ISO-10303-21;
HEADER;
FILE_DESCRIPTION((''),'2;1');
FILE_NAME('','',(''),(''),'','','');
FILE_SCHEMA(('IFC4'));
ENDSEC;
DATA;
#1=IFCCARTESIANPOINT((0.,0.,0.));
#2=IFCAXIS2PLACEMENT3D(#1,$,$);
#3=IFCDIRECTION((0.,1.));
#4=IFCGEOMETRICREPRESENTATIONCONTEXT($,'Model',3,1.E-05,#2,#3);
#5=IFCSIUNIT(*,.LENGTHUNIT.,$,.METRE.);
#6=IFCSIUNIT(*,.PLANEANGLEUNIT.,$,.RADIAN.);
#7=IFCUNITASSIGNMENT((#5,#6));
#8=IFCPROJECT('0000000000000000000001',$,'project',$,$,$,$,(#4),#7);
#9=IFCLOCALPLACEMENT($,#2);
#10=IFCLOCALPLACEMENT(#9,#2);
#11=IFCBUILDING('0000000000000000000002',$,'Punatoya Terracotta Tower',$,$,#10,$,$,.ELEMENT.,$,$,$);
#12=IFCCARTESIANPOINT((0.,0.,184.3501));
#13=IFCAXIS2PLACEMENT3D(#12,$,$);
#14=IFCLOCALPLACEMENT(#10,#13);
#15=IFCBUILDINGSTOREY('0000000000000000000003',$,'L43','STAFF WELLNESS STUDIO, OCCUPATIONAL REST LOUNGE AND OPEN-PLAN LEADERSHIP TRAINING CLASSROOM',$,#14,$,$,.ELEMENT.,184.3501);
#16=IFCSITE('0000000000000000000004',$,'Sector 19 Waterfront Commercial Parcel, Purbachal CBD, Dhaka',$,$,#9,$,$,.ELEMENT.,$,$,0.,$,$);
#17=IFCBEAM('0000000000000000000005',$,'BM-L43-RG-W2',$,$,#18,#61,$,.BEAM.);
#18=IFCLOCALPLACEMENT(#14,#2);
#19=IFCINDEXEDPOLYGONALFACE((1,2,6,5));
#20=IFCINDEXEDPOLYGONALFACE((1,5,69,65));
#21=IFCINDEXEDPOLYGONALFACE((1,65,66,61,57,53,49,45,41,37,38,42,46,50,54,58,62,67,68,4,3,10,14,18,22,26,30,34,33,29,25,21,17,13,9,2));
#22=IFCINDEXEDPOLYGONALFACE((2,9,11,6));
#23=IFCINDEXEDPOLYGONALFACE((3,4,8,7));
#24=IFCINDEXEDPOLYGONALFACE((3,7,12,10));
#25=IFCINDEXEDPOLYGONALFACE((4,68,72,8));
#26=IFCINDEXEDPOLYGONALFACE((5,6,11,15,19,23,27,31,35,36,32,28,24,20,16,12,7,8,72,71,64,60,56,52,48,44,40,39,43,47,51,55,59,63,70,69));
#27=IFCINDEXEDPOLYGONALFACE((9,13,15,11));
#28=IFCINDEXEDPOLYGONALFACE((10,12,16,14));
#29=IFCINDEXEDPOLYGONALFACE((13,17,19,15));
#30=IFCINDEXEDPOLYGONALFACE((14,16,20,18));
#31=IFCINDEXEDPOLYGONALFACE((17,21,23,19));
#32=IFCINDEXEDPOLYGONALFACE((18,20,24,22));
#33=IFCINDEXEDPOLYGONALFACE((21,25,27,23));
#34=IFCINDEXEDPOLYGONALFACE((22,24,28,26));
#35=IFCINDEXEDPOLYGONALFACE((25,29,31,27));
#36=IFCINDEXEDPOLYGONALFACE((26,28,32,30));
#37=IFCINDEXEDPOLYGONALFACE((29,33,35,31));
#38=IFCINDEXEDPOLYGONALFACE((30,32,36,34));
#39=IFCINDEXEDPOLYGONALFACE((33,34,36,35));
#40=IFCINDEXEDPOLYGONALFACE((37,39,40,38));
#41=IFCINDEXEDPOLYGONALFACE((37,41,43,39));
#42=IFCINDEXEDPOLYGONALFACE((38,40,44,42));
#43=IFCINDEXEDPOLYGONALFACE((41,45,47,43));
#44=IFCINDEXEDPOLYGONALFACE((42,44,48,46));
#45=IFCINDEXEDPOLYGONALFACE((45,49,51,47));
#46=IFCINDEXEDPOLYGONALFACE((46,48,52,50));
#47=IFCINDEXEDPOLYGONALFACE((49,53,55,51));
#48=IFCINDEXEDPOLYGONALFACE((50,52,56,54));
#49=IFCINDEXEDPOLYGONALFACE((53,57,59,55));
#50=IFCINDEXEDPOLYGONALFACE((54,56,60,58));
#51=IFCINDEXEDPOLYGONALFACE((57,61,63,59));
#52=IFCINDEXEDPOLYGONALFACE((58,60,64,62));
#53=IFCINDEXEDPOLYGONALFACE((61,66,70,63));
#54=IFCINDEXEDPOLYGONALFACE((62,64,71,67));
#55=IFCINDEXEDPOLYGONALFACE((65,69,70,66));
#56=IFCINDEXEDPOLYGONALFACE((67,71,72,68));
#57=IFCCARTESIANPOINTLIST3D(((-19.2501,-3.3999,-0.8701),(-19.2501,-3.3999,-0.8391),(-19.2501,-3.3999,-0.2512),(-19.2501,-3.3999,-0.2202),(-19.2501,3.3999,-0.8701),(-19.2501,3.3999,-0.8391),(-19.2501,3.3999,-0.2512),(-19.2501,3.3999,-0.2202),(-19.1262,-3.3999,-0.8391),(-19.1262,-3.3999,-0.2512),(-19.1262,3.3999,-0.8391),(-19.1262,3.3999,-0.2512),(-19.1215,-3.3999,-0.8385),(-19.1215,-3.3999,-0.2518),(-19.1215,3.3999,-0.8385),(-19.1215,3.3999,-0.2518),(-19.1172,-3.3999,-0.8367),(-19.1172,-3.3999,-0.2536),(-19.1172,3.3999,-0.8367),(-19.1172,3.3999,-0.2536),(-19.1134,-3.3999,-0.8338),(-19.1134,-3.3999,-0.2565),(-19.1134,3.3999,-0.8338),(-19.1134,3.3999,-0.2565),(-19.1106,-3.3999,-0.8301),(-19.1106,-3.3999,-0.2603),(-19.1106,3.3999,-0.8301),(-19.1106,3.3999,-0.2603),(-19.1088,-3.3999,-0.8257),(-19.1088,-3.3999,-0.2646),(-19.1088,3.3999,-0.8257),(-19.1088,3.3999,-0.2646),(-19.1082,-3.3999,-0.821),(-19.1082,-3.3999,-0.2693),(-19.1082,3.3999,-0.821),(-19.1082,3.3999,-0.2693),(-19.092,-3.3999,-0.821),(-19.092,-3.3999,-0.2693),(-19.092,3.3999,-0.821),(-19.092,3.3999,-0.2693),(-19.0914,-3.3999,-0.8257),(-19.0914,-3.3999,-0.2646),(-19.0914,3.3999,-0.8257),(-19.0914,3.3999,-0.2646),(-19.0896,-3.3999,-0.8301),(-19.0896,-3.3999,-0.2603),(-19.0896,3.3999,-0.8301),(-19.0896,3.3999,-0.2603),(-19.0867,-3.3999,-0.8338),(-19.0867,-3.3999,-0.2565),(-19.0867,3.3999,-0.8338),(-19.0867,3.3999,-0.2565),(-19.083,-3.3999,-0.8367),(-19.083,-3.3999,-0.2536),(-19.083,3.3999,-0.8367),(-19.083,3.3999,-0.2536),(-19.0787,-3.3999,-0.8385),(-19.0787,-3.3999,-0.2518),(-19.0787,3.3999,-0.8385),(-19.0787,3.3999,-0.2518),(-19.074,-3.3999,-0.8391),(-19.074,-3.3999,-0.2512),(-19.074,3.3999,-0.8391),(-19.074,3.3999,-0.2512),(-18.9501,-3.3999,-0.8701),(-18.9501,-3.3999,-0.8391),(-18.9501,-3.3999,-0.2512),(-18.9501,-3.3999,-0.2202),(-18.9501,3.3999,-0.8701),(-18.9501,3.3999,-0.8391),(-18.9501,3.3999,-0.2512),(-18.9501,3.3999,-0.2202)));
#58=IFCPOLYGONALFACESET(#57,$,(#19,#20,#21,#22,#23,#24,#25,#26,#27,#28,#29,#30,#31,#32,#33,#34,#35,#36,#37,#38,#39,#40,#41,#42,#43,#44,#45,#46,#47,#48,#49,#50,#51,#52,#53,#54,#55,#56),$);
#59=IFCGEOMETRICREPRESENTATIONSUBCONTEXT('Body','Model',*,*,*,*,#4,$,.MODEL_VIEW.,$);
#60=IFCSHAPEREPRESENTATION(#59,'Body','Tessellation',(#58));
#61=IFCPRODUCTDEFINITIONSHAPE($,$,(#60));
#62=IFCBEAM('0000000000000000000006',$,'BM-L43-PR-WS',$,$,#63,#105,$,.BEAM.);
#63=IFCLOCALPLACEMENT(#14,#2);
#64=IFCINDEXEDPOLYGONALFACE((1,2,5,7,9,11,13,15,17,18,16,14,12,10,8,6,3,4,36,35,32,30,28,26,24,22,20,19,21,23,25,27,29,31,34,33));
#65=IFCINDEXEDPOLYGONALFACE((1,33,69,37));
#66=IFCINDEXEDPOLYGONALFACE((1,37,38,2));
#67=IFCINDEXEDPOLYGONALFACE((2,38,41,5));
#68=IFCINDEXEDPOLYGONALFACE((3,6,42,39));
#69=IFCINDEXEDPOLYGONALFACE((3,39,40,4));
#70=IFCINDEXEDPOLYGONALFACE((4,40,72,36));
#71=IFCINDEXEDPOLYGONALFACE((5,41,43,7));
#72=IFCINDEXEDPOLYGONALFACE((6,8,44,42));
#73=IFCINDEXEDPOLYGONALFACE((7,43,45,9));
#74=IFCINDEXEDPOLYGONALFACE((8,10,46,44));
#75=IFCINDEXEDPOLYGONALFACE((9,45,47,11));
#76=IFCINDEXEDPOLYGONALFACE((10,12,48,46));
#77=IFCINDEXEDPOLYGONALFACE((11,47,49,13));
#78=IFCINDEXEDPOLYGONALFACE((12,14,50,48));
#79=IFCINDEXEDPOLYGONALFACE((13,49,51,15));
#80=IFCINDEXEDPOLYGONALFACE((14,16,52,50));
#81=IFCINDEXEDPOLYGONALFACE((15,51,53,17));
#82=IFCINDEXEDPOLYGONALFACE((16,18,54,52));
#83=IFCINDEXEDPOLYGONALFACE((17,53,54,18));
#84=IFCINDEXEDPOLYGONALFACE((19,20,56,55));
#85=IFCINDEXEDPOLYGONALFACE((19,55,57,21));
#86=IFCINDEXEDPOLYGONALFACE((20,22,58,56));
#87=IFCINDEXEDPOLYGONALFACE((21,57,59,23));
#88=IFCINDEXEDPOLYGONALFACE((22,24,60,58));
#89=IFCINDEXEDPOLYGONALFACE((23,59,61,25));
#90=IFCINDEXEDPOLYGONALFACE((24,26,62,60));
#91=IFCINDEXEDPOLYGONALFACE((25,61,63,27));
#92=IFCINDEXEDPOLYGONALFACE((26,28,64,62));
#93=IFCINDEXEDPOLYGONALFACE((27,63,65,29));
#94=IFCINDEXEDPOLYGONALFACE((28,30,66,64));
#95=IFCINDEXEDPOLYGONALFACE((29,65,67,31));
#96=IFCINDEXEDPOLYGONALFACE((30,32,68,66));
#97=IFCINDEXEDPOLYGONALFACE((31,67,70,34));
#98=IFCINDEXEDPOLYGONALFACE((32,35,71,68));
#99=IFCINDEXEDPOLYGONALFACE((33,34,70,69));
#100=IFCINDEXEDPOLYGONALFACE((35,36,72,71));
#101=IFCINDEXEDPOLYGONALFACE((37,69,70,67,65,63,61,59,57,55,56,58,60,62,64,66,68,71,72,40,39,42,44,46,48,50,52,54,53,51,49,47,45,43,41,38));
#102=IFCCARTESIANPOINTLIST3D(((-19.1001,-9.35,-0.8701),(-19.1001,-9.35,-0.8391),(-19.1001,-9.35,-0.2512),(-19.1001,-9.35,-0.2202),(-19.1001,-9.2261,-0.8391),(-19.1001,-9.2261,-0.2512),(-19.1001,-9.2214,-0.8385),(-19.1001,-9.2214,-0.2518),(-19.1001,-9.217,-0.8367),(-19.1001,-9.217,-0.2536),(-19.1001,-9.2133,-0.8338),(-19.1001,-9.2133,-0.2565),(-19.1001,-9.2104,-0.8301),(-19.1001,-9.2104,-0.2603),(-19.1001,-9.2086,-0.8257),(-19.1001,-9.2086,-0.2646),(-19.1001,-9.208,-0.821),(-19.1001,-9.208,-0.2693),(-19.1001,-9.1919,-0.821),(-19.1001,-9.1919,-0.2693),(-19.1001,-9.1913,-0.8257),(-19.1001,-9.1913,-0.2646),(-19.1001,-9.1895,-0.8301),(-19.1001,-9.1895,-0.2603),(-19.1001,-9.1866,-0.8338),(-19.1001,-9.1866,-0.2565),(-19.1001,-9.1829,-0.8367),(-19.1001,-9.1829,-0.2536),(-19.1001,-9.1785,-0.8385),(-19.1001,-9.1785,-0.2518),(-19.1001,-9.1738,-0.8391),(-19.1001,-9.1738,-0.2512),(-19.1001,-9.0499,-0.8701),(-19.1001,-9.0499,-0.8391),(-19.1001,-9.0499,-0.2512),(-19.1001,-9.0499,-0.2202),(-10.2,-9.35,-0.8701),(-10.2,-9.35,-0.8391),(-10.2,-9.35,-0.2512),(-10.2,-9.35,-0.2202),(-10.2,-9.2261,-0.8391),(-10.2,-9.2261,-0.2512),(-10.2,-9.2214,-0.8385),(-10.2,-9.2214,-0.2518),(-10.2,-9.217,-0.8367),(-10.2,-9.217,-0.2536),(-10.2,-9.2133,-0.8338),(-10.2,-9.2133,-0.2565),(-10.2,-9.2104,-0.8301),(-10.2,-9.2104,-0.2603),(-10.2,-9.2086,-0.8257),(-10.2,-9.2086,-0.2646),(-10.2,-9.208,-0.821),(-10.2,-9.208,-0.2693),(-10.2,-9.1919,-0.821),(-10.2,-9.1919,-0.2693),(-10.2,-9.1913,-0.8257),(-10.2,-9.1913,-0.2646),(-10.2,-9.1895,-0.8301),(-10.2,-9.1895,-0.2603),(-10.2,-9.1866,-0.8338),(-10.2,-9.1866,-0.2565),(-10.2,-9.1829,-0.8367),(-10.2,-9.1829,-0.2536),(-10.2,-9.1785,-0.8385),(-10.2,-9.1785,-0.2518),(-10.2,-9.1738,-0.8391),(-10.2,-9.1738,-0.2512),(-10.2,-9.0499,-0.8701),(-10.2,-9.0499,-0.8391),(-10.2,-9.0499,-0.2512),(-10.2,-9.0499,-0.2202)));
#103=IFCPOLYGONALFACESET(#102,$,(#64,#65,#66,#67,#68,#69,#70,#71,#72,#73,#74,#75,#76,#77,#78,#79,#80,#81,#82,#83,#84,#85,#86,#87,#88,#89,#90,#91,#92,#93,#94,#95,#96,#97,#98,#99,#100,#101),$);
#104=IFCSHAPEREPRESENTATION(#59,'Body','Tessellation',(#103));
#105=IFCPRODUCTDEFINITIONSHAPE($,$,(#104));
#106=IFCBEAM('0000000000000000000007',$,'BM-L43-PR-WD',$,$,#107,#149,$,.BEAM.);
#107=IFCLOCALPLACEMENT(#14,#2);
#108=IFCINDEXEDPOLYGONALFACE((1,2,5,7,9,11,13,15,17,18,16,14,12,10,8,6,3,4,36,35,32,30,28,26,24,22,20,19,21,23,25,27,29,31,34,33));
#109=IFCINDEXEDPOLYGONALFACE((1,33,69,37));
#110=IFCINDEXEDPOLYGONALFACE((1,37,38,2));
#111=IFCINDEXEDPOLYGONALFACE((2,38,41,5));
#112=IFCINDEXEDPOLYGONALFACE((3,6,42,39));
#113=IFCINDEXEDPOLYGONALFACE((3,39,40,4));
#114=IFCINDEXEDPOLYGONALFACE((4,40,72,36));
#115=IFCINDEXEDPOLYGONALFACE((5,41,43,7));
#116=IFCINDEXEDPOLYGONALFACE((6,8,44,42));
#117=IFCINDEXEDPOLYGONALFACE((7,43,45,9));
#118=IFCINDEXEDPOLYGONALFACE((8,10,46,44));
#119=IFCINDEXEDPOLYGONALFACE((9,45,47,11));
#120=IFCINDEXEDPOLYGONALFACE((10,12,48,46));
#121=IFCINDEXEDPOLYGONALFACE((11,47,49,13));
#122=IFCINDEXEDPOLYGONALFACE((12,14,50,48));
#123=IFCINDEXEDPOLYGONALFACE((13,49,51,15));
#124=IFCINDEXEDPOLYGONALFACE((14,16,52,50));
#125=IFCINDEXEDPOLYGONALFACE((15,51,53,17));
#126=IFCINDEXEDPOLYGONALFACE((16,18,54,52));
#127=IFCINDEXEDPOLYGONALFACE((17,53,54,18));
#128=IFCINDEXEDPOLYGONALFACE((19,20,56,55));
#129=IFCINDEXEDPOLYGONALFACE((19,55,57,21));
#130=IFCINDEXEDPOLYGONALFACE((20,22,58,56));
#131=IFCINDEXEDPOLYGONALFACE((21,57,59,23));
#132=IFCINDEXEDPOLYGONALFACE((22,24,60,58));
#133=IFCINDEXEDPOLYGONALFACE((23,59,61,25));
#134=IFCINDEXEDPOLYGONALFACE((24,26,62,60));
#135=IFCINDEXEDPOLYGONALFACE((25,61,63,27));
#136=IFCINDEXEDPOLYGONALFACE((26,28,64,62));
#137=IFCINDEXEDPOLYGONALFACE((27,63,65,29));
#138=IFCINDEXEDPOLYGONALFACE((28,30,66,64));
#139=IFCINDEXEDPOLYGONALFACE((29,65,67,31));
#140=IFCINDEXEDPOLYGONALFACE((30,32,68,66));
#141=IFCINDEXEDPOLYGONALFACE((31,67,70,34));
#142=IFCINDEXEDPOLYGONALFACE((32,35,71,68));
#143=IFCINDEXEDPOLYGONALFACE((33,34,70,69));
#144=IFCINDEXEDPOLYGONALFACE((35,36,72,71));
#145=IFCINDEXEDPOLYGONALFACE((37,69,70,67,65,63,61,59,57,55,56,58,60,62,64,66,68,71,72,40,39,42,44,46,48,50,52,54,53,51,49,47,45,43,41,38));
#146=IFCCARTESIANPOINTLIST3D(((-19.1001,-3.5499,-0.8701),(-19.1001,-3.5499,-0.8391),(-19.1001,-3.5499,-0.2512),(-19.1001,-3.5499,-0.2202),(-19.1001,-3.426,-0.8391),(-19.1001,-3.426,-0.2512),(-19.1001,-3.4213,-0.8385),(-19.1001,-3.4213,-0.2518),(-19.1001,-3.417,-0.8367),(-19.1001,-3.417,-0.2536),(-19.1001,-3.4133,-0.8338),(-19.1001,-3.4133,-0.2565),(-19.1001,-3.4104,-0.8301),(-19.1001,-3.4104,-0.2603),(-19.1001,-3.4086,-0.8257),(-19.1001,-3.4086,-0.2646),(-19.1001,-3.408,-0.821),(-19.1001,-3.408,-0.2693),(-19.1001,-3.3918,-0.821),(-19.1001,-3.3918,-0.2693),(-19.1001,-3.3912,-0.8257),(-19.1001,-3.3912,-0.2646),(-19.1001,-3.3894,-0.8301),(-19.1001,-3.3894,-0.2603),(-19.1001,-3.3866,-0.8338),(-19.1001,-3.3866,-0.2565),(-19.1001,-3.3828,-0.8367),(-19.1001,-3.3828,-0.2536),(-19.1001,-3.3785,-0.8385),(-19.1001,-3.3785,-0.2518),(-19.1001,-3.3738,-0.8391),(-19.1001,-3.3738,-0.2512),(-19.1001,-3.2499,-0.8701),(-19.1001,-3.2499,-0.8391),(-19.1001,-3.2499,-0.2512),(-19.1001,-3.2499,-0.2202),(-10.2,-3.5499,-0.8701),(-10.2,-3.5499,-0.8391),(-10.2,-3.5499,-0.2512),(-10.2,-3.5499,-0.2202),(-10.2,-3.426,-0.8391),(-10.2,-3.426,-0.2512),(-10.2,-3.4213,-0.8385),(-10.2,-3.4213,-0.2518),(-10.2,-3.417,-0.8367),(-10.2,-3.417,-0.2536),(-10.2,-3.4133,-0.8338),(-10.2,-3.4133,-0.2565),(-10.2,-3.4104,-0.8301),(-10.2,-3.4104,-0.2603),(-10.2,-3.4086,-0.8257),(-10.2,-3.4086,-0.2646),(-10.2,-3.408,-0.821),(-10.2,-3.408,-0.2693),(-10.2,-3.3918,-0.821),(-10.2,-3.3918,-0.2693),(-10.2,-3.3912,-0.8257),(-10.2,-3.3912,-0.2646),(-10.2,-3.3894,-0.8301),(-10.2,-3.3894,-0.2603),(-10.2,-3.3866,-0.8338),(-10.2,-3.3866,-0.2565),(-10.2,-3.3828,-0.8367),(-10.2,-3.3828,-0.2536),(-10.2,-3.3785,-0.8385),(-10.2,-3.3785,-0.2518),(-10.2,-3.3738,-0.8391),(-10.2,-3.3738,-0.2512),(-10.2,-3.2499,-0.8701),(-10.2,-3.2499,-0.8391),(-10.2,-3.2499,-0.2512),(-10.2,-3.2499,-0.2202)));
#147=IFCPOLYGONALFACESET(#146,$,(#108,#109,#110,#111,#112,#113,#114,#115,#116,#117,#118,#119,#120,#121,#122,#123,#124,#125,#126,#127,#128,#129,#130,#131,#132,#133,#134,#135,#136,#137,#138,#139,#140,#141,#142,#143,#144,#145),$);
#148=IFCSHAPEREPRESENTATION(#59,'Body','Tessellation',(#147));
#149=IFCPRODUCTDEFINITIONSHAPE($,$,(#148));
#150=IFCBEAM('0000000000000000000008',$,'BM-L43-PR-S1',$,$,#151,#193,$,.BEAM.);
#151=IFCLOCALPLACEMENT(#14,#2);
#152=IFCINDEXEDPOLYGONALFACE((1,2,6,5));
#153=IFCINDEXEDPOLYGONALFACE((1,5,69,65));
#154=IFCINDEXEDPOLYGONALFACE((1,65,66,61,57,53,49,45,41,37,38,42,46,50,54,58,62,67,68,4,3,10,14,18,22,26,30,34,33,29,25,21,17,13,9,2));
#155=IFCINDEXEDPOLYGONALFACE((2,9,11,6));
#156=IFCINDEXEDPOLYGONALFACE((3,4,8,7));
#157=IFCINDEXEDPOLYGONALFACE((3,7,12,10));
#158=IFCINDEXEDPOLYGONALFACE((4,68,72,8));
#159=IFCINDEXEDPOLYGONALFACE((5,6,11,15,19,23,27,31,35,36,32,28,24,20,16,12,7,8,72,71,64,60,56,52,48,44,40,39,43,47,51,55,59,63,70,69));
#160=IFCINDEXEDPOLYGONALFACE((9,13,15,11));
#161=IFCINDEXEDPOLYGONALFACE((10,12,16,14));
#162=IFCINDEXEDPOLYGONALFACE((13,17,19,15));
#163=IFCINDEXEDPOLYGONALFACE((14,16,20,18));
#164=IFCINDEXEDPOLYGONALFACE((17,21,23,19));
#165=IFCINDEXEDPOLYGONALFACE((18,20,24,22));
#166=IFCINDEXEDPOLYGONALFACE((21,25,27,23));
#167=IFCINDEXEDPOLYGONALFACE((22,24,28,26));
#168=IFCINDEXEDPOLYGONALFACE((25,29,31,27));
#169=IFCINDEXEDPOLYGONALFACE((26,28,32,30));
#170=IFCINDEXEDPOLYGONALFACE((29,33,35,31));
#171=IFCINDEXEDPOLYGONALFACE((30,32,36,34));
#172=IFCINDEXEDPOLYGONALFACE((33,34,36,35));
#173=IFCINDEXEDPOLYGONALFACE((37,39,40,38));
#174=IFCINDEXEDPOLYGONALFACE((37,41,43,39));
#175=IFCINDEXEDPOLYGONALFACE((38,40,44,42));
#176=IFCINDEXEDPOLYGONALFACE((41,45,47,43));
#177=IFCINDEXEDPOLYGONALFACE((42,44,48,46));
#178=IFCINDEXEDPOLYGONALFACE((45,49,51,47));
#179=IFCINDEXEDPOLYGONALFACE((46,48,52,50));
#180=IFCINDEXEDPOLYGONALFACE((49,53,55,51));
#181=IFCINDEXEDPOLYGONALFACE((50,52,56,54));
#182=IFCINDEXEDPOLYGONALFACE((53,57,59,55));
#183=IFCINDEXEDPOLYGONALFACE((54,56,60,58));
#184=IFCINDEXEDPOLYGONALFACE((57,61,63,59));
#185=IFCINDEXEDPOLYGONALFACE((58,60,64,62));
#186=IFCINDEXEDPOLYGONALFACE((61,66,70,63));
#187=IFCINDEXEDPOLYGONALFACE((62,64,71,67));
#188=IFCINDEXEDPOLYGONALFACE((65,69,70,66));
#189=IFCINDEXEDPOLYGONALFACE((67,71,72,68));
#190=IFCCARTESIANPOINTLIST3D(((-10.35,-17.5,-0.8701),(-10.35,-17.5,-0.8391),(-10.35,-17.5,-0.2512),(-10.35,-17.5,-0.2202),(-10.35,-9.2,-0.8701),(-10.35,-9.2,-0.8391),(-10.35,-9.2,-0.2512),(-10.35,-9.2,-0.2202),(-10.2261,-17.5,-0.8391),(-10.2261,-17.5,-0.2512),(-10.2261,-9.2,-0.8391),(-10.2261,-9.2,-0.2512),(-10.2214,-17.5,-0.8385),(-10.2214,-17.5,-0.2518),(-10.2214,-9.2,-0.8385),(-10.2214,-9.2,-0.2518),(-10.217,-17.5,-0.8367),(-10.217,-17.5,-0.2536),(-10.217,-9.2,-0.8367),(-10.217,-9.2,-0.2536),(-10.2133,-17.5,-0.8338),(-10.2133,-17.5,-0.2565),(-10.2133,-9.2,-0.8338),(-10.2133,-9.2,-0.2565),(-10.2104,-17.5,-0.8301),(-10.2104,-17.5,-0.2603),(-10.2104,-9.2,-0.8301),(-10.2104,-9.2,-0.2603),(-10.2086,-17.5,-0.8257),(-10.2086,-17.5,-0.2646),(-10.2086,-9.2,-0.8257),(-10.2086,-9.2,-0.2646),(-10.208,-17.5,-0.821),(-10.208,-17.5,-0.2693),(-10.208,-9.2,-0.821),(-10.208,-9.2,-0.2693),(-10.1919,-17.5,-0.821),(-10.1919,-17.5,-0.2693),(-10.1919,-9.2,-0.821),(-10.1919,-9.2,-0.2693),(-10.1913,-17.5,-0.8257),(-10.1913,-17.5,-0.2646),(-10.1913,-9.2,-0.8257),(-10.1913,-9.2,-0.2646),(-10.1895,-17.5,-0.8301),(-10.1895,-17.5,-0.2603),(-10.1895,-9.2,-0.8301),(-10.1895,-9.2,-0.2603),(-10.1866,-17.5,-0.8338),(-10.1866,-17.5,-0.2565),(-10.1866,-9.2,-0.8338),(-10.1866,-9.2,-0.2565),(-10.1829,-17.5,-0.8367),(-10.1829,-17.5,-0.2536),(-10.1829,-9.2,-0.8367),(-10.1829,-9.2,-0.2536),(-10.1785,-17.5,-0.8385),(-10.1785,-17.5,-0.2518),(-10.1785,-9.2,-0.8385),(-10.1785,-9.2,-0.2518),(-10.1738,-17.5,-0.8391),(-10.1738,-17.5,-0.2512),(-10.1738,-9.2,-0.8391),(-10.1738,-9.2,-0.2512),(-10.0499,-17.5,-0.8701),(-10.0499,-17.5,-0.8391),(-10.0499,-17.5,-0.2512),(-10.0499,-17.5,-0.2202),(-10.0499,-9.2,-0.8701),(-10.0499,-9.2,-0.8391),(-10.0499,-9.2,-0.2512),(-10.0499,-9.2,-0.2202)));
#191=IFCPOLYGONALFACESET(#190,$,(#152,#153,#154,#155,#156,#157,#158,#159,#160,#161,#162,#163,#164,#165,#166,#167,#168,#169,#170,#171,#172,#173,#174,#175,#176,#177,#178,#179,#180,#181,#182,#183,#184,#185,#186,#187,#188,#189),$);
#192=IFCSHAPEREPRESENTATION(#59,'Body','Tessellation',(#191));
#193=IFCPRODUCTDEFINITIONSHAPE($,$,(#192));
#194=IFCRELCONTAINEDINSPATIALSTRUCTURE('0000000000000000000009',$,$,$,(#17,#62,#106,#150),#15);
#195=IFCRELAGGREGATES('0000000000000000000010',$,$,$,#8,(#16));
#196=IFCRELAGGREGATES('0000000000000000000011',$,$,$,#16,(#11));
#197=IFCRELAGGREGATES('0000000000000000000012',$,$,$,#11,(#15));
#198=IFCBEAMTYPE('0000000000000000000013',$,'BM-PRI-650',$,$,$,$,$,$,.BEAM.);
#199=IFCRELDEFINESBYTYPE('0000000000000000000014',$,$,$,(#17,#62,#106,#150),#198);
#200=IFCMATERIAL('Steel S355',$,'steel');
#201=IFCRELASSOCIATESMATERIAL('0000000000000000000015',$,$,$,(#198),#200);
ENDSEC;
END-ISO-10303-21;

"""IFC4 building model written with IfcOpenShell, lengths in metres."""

from ifc_helpers import new_model, si_unit, direction, frame, origin, origin_2d, place, context, subcontext, project, spatial, i_section, extrude, material, material_profile, profile_set, type_object, element, save


model = new_model("IFC4")

# Units and contexts
model_context = context("Model", 3, precision=1e-05, world=origin(), true_north=direction((0.0, 1.0)))
body_context = subcontext(model_context, "Body", "Model", "MODEL_VIEW")
ifc_project = project(units=[si_unit("LENGTHUNIT", "METRE"), si_unit("PLANEANGLEUNIT", "RADIAN")], contexts=[model_context])

# Site, building, storey
site_placement = place(None, origin())
site = spatial("IfcSite", under=ifc_project, at=site_placement, Name="Sector 19 Waterfront Commercial Parcel, Purbachal CBD, Dhaka", CompositionType="ELEMENT", RefElevation=0.0)
building_placement = place(site_placement, origin())
building = spatial("IfcBuilding", under=site, at=building_placement, Name="Punatoya Terracotta Tower", CompositionType="ELEMENT")
storey_placement = place(building_placement, frame((0.0, 0.0, 184.3501)))
storey = spatial("IfcBuildingStorey", under=building, at=storey_placement, Name="L43", Description="STAFF WELLNESS STUDIO, OCCUPATIONAL REST LOUNGE AND OPEN-PLAN LEADERSHIP TRAINING CLASSROOM", CompositionType="ELEMENT", Elevation=184.3501)

# Beams
ifc_material_1 = material(Name="Steel S355", Category="steel")
ifc_material_profile_1 = material_profile(ifc_material_1, i_section(OverallWidth=0.3, OverallDepth=0.6499, WebThickness=0.0161, FlangeThickness=0.031, FilletRadius=0.0181, at=origin_2d()))
ifc_profile_set_1 = profile_set([ifc_material_profile_1], Name="Steel S355")
beam_type_1 = type_object("IfcBeamType", Name="BM-PRI-650", PredefinedType="BEAM", material=ifc_profile_set_1)
beam_1_placement = place(storey_placement, frame((-19.1001, -3.3999, -0.5452), z_axis=(0.0, 1.0, 0.0), x_axis=(-1.0, 0.0, 0.0)))
element("IfcBeam", 1, at=beam_1_placement, inside=storey, type_object=beam_type_1, Name="BM-L43-RG-W2", PredefinedType="BEAM", context=body_context, shape_type="SweptSolid", body=[
    extrude(i_section(OverallWidth=0.3, OverallDepth=0.6499, WebThickness=0.0161, FlangeThickness=0.031, FilletRadius=0.0181, at=origin_2d()), origin(), (0.0, 0.0, 1.0), 6.7998),
])
for number, where, z_axis, x_axis, name in (
    (2, (-19.1001, -9.2, -0.5452), (1.0, 0.0, 0.0), (0.0, 1.0, 0.0), "BM-L43-PR-WS"),
    (3, (-19.1001, -3.3999, -0.5452), (1.0, 0.0, 0.0), (0.0, 1.0, 0.0), "BM-L43-PR-WD"),
):
    element("IfcBeam", number, at=place(storey_placement, frame(where, z_axis=z_axis, x_axis=x_axis)), inside=storey, type_object=beam_type_1, Name=name, PredefinedType="BEAM", context=body_context, shape_type="SweptSolid", body=[
        extrude(i_section(OverallWidth=0.3, OverallDepth=0.6499, WebThickness=0.0161, FlangeThickness=0.031, FilletRadius=0.0181, at=origin_2d()), origin(), (0.0, 0.0, 1.0), 8.9001),
    ])
for number, where, z_axis, x_axis, name in (
    (4, (-10.2, -17.5, -0.5452), (0.0, 1.0, 0.0), (-1.0, 0.0, 0.0), "BM-L43-PR-S1"),
):
    element("IfcBeam", number, at=place(storey_placement, frame(where, z_axis=z_axis, x_axis=x_axis)), inside=storey, type_object=beam_type_1, Name=name, PredefinedType="BEAM", context=body_context, shape_type="SweptSolid", body=[
        extrude(i_section(OverallWidth=0.3, OverallDepth=0.6499, WebThickness=0.0161, FlangeThickness=0.031, FilletRadius=0.0181, at=origin_2d()), origin(), (0.0, 0.0, 1.0), 8.3),
    ])

save(model, "model.ifc")
